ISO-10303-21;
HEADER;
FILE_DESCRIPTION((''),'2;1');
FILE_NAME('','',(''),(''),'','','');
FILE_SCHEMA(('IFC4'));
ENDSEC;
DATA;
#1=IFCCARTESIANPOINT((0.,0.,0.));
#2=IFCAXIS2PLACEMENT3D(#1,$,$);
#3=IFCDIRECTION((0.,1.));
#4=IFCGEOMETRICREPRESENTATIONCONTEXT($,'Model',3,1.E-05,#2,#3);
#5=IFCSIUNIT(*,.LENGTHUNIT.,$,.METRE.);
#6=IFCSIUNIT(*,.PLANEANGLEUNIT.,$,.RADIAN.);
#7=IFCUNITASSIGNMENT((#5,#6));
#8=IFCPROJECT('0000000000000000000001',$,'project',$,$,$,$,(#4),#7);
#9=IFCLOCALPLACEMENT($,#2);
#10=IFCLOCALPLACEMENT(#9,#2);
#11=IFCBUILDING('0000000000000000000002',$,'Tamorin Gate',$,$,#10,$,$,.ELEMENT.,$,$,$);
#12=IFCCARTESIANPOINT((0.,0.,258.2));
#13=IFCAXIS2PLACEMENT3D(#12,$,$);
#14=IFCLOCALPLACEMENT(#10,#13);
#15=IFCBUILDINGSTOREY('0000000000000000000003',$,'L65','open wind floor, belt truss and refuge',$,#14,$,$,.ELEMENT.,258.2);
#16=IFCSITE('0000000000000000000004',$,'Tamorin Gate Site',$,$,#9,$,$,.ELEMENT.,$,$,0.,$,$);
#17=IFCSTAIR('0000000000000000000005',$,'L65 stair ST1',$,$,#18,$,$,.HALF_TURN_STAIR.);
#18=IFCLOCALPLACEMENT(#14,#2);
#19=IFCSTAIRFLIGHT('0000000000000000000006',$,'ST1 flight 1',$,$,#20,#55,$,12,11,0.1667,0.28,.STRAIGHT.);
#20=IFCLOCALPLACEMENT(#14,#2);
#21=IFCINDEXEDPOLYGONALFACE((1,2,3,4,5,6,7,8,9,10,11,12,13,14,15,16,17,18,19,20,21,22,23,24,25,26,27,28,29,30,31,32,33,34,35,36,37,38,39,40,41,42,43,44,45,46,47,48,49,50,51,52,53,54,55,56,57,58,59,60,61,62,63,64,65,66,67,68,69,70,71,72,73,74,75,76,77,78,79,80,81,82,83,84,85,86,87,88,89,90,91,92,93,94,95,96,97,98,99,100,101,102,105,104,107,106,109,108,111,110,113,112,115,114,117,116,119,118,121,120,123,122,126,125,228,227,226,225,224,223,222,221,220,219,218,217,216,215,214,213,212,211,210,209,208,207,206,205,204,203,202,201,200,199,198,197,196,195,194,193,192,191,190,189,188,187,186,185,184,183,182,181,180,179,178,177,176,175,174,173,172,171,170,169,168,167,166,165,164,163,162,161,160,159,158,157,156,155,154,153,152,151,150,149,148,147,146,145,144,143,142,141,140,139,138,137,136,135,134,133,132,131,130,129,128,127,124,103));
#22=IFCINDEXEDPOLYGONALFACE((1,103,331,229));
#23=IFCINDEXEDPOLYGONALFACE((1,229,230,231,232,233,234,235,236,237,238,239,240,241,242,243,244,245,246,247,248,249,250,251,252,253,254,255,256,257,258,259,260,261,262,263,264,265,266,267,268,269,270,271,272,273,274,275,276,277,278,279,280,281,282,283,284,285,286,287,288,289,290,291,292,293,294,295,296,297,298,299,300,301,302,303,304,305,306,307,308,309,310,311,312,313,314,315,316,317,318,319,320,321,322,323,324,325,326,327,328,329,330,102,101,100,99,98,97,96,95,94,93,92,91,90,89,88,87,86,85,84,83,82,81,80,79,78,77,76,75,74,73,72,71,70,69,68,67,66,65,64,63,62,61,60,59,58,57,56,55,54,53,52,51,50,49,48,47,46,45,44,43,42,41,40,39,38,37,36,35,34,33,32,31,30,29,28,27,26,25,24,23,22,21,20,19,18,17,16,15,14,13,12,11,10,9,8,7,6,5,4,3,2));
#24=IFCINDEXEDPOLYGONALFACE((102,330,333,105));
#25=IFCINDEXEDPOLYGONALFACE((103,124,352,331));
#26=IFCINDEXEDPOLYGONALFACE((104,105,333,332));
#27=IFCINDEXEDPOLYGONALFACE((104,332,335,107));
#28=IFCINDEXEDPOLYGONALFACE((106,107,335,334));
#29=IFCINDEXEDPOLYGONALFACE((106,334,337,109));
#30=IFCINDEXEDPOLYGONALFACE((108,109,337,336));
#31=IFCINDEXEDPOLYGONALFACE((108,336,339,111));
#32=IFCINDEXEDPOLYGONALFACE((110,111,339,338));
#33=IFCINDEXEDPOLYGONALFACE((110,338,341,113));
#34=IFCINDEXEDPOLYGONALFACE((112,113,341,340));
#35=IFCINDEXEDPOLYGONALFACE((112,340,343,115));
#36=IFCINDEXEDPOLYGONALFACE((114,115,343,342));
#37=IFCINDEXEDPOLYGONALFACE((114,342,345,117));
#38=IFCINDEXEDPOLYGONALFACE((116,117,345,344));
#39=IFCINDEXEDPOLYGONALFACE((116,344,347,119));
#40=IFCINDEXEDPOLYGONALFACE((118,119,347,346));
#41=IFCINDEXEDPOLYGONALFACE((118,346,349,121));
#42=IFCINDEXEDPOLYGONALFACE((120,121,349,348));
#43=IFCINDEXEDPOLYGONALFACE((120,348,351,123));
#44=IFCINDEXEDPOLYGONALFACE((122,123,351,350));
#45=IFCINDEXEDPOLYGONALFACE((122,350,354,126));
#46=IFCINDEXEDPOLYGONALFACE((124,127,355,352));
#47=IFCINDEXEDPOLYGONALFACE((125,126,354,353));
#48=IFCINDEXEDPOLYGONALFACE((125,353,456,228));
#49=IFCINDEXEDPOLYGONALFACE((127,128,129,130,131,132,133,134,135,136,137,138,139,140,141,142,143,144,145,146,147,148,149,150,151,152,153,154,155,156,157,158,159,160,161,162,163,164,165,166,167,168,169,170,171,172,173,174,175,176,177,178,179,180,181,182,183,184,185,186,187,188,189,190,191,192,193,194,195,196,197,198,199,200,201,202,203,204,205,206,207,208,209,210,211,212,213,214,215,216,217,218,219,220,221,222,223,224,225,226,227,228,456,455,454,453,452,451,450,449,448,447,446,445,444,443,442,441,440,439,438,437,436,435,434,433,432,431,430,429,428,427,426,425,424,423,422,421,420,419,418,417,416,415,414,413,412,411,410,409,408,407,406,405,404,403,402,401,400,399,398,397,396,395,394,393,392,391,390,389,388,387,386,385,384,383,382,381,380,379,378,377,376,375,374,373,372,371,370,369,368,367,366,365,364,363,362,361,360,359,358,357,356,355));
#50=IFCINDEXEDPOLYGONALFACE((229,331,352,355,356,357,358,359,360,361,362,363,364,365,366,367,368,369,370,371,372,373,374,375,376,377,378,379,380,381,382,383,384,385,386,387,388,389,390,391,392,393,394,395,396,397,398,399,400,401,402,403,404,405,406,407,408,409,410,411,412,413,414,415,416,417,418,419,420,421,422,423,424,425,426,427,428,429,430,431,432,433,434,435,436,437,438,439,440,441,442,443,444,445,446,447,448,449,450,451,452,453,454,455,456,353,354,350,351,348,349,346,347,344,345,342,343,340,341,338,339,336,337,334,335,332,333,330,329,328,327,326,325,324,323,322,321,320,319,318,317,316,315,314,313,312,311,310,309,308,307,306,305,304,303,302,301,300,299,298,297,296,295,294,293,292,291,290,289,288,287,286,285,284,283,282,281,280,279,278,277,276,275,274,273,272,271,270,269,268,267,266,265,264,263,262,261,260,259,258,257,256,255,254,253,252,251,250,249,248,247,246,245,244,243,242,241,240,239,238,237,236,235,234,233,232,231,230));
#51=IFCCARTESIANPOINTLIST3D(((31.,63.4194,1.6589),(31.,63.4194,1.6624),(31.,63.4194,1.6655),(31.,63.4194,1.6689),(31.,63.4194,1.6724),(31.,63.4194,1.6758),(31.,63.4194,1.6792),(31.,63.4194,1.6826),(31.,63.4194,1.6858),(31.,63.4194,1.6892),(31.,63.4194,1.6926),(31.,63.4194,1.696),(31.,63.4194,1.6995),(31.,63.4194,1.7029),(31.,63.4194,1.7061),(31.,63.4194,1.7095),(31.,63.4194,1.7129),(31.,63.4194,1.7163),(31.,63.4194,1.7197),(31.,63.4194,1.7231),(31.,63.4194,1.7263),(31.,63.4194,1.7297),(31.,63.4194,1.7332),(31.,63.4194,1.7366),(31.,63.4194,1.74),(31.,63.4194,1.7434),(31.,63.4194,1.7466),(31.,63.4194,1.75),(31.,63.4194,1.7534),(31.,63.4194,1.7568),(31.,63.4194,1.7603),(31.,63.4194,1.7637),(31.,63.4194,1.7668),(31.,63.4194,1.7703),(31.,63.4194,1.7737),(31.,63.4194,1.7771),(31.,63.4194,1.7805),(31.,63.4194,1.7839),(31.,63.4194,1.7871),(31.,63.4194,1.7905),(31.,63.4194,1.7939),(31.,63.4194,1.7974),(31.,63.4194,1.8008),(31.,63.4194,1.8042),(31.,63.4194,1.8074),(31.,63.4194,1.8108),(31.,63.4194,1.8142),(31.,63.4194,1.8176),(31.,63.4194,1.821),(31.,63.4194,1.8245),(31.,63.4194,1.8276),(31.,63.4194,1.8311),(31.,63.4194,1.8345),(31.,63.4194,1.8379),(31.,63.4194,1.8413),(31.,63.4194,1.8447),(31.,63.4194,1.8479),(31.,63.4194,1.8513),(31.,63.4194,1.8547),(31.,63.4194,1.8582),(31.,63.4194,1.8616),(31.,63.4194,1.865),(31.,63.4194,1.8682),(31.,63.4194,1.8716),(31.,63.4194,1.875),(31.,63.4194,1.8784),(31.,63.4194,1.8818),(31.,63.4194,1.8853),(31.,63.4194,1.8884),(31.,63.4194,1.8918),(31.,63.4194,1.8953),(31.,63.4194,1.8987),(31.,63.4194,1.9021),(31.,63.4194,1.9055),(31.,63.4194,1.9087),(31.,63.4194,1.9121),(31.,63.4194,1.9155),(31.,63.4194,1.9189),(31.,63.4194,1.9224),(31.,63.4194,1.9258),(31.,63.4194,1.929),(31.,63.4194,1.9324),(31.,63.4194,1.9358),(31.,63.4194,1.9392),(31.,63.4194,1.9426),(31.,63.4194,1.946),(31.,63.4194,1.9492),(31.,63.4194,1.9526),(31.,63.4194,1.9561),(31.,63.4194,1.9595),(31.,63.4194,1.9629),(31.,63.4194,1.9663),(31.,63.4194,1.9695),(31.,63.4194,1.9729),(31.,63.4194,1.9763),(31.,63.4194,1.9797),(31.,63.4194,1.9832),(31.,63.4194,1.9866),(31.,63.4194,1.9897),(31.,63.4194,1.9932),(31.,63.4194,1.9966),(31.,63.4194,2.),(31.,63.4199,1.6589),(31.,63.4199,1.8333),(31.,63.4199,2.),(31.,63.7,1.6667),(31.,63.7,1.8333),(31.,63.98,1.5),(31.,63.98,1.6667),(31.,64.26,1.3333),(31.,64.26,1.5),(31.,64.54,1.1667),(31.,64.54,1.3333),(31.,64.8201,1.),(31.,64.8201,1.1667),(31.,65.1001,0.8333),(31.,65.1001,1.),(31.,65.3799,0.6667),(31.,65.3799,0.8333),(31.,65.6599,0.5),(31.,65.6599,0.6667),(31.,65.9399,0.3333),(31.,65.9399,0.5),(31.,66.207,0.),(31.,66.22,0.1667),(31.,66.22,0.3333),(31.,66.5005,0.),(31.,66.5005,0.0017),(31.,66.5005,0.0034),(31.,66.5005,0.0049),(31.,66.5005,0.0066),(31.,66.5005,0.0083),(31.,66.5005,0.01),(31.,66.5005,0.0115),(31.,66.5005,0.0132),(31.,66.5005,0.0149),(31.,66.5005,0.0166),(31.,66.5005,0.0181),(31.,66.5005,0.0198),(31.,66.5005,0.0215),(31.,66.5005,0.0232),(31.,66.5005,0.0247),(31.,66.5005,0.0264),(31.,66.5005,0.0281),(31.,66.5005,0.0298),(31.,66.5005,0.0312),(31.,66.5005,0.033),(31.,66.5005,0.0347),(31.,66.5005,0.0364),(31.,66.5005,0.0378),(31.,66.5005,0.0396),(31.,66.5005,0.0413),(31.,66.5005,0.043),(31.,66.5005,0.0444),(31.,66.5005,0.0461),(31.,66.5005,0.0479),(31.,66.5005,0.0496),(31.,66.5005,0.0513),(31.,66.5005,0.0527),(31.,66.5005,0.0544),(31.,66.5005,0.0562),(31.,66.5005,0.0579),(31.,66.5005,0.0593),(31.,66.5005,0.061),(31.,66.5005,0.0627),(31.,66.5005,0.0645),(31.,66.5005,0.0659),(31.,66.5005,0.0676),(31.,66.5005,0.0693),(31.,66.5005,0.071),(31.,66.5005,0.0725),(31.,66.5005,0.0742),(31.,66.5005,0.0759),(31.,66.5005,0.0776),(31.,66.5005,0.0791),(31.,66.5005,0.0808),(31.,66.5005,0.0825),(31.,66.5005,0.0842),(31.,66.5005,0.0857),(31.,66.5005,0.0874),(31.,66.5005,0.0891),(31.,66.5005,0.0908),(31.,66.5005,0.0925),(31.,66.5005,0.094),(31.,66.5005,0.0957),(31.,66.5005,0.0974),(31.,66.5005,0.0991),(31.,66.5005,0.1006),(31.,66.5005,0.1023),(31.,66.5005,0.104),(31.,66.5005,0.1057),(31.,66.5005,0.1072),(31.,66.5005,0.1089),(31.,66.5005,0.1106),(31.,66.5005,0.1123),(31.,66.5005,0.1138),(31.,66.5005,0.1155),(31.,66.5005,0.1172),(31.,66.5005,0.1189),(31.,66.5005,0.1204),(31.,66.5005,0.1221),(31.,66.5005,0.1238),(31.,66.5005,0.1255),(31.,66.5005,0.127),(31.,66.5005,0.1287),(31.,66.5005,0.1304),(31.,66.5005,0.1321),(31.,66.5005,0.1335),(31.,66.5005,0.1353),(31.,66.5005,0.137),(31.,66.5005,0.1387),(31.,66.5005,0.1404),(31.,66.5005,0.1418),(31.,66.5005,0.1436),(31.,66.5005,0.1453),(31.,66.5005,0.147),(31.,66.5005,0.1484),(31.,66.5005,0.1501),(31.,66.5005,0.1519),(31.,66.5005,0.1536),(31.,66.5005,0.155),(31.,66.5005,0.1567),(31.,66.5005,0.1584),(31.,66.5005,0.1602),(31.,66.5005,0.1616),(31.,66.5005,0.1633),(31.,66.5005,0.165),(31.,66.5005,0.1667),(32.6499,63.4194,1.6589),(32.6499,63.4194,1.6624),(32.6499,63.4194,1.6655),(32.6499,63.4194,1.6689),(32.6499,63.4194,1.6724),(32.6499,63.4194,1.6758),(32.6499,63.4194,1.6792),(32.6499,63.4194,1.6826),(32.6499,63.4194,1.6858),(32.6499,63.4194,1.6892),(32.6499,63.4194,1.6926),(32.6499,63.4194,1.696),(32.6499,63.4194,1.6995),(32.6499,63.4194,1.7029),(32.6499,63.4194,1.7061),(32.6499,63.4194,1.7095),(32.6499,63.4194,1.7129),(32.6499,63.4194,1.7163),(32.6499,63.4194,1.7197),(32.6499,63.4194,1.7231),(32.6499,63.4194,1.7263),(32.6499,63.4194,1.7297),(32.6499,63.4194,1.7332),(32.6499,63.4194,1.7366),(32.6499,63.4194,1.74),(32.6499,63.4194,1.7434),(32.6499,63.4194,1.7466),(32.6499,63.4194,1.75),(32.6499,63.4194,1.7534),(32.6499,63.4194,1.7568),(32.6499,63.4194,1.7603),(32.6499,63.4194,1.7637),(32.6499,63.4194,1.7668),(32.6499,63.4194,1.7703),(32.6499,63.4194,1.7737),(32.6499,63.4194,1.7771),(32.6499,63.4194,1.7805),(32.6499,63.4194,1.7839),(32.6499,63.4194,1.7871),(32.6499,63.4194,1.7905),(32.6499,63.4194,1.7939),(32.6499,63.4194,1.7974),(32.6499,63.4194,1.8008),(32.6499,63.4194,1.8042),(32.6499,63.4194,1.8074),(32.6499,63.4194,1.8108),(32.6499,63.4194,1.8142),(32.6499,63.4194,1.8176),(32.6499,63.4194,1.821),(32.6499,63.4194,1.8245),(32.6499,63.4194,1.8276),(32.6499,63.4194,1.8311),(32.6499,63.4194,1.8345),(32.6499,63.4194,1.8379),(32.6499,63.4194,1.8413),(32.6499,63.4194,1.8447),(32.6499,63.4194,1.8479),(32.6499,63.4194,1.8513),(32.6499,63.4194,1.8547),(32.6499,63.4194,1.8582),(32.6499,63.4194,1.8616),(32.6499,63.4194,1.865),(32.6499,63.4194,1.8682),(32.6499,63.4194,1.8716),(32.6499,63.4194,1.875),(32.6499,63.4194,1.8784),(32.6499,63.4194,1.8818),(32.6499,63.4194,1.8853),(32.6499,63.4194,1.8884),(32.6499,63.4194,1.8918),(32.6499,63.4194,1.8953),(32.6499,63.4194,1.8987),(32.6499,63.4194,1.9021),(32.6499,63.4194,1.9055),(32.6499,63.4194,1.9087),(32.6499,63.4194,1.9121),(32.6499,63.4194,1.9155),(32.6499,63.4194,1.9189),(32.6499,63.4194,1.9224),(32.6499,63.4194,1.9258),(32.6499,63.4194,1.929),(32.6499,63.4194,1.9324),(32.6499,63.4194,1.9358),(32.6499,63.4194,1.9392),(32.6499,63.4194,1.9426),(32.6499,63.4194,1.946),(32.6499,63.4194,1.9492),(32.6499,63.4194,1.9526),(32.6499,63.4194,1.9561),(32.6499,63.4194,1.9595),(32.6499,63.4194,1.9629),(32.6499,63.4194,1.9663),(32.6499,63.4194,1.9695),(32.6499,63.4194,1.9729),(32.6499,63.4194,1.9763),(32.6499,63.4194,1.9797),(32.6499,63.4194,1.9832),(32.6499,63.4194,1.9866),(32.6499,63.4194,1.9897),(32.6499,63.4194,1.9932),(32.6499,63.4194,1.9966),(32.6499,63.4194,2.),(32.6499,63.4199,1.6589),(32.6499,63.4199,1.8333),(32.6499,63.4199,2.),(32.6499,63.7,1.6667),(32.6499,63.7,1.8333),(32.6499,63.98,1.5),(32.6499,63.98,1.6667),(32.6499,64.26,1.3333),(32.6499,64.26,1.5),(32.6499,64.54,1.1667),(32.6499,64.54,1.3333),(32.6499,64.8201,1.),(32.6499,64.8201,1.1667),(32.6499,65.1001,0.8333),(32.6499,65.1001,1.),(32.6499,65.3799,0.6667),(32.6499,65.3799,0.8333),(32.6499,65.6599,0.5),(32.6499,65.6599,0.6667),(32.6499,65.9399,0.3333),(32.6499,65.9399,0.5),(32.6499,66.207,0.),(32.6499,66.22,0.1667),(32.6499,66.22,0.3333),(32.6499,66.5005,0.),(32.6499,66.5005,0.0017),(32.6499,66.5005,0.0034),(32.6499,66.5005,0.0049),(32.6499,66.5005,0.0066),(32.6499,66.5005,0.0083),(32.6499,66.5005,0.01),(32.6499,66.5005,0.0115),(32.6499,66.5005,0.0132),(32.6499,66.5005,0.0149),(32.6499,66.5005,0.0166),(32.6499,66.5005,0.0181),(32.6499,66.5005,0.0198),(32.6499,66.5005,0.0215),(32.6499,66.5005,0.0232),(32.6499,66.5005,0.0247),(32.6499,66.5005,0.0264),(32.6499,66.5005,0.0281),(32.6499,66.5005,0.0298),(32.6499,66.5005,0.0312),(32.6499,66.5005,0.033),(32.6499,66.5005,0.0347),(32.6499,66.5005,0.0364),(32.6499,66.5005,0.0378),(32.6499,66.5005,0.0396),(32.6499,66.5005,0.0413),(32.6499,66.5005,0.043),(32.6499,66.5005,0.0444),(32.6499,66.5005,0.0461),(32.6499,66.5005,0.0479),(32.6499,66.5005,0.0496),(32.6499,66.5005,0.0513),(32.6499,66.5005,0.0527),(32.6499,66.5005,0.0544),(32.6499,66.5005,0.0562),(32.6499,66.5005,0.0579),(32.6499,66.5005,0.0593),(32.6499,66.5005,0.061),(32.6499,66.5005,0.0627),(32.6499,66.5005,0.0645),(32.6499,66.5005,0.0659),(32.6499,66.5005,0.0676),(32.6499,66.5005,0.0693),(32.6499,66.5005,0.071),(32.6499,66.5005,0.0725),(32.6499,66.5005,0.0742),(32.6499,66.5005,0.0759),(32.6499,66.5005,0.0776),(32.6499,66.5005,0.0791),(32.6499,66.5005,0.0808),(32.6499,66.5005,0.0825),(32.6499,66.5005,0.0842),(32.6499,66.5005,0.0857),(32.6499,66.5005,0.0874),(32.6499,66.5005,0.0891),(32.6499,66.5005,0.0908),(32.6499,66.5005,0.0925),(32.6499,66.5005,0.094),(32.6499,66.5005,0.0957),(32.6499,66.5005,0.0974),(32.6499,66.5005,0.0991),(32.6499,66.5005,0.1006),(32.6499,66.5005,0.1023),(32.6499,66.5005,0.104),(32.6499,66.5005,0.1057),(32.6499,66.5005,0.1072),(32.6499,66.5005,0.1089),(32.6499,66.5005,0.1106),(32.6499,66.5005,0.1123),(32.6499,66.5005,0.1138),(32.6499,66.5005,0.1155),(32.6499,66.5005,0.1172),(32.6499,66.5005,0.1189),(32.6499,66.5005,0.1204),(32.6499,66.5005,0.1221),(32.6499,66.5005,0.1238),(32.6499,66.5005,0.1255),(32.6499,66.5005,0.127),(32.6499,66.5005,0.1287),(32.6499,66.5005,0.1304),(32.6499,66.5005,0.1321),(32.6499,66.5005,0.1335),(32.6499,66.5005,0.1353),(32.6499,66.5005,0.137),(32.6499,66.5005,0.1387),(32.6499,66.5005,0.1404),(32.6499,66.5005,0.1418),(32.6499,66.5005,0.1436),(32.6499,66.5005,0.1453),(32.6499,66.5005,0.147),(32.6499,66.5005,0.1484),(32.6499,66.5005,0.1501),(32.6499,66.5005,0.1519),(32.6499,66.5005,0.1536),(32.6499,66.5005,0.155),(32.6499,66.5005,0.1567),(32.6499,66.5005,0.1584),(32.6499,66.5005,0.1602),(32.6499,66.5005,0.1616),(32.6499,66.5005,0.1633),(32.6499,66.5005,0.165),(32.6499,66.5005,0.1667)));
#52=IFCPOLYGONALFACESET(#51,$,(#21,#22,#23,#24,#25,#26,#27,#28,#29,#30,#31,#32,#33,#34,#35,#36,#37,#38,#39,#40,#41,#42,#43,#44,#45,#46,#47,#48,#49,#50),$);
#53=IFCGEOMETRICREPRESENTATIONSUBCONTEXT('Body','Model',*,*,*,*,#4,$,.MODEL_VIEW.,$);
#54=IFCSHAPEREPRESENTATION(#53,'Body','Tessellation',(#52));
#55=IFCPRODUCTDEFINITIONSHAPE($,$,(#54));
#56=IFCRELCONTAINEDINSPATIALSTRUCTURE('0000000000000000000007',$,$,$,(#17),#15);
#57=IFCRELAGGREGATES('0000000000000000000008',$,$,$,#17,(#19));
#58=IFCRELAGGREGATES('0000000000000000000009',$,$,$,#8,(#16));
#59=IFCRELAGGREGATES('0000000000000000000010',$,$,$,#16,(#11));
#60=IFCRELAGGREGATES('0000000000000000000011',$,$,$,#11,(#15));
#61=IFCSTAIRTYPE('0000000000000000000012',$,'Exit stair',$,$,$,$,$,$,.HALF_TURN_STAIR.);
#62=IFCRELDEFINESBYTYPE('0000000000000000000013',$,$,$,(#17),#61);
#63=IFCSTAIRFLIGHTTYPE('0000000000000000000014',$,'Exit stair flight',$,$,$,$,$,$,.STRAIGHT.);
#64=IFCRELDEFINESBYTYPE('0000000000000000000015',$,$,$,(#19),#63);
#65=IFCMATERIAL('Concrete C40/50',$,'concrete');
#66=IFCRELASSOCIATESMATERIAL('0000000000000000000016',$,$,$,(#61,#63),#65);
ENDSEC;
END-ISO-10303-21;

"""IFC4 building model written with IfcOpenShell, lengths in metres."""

from ifc_helpers import new_model, si_unit, direction, frame, origin, place, context, subcontext, project, spatial, polyline, outline, extrude, material, type_object, element, aggregate, save


model = new_model("IFC4")

# Units and contexts
model_context = context("Model", 3, precision=1e-05, world=origin(), true_north=direction((0.0, 1.0)))
body_context = subcontext(model_context, "Body", "Model", "MODEL_VIEW")
ifc_project = project(units=[si_unit("LENGTHUNIT", "METRE"), si_unit("PLANEANGLEUNIT", "RADIAN")], contexts=[model_context])

# Site, building, storey
site_placement = place(None, origin())
site = spatial("IfcSite", under=ifc_project, at=site_placement, Name="Tamorin Gate Site", CompositionType="ELEMENT", RefElevation=0.0)
building_placement = place(site_placement, origin())
building = spatial("IfcBuilding", under=site, at=building_placement, Name="Tamorin Gate", CompositionType="ELEMENT")
storey_placement = place(building_placement, frame((0.0, 0.0, 258.2)))
storey = spatial("IfcBuildingStorey", under=building, at=storey_placement, Name="L65", Description="open wind floor, belt truss and refuge", CompositionType="ELEMENT", Elevation=258.2)

# Shared definitions
ifc_material_1 = material(Name="Concrete C40/50", Category="concrete")

# Stair, stair flight
stair_type = type_object("IfcStairType", Name="Exit stair", PredefinedType="HALF_TURN_STAIR", material=ifc_material_1)
stair_1_placement = place(storey_placement, origin())
stair_1 = element("IfcStair", 1, at=stair_1_placement, inside=storey, type_object=stair_type, Name="L65 stair ST1", PredefinedType="HALF_TURN_STAIR")
stair_flight_type = type_object("IfcStairFlightType", Name="Exit stair flight", PredefinedType="STRAIGHT", material=ifc_material_1)
stair_flight_1_placement = place(storey_placement, frame((31.825, 66.5, 0.0), z_axis=(0.0, 0.0, 1.0), x_axis=(0.0, -1.0, 0.0)))
stair_flight_1 = element("IfcStairFlight", 2, at=stair_flight_1_placement, type_object=stair_flight_type, Name="ST1 flight 1", NumberOfRisers=12, NumberOfTreads=11, PredefinedType="STRAIGHT", RiserHeight=0.1667, TreadLength=0.28, context=body_context, shape_type="SweptSolid", body=[
    extrude(outline(polyline([(-0.0005, 0.0), (-0.0005, 0.0017), (-0.0005, 0.0034), (-0.0005, 0.0049), (-0.0005, 0.0066), (-0.0005, 0.0083), (-0.0005, 0.01), (-0.0005, 0.0115), (-0.0005, 0.0132), (-0.0005, 0.0149), (-0.0005, 0.0166), (-0.0005, 0.0181), (-0.0005, 0.0198), (-0.0005, 0.0215), (-0.0005, 0.0232), (-0.0005, 0.0247), (-0.0005, 0.0264), (-0.0005, 0.0281), (-0.0005, 0.0298), (-0.0005, 0.0312), (-0.0005, 0.033), (-0.0005, 0.0347), (-0.0005, 0.0364), (-0.0005, 0.0378), (-0.0005, 0.0396), (-0.0005, 0.0413), (-0.0005, 0.043), (-0.0005, 0.0444), (-0.0005, 0.0461), (-0.0005, 0.0479), (-0.0005, 0.0496), (-0.0005, 0.0513), (-0.0005, 0.0527), (-0.0005, 0.0544), (-0.0005, 0.0562), (-0.0005, 0.0579), (-0.0005, 0.0593), (-0.0005, 0.061), (-0.0005, 0.0627), (-0.0005, 0.0645), (-0.0005, 0.0659), (-0.0005, 0.0676), (-0.0005, 0.0693), (-0.0005, 0.071), (-0.0005, 0.0725), (-0.0005, 0.0742), (-0.0005, 0.0759), (-0.0005, 0.0776), (-0.0005, 0.0791), (-0.0005, 0.0808), (-0.0005, 0.0825), (-0.0005, 0.0842), (-0.0005, 0.0857), (-0.0005, 0.0874), (-0.0005, 0.0891), (-0.0005, 0.0908), (-0.0005, 0.0925), (-0.0005, 0.094), (-0.0005, 0.0957), (-0.0005, 0.0974), (-0.0005, 0.0991), (-0.0005, 0.1006), (-0.0005, 0.1023), (-0.0005, 0.104), (-0.0005, 0.1057), (-0.0005, 0.1072), (-0.0005, 0.1089), (-0.0005, 0.1106), (-0.0005, 0.1123), (-0.0005, 0.1138), (-0.0005, 0.1155), (-0.0005, 0.1172), (-0.0005, 0.1189), (-0.0005, 0.1204), (-0.0005, 0.1221), (-0.0005, 0.1238), (-0.0005, 0.1255), (-0.0005, 0.127), (-0.0005, 0.1287), (-0.0005, 0.1304), (-0.0005, 0.1321), (-0.0005, 0.1335), (-0.0005, 0.1353), (-0.0005, 0.137), (-0.0005, 0.1387), (-0.0005, 0.1404), (-0.0005, 0.1418), (-0.0005, 0.1436), (-0.0005, 0.1453), (-0.0005, 0.147), (-0.0005, 0.1484), (-0.0005, 0.1501), (-0.0005, 0.1519), (-0.0005, 0.1536), (-0.0005, 0.155), (-0.0005, 0.1567), (-0.0005, 0.1584), (-0.0005, 0.1602), (-0.0005, 0.1616), (-0.0005, 0.1633), (-0.0005, 0.165), (-0.0005, 0.1667), (0.28, 0.1667), (0.28, 0.3333), (0.5601, 0.3333), (0.5601, 0.5), (0.8401, 0.5), (0.8401, 0.6667), (1.1201, 0.6667), (1.1201, 0.8333), (1.3999, 0.8333), (1.3999, 1.0), (1.6799, 1.0), (1.6799, 1.1667), (1.96, 1.1667), (1.96, 1.3333), (2.24, 1.3333), (2.24, 1.5), (2.52, 1.5), (2.52, 1.6667), (2.8, 1.6667), (2.8, 1.8333), (3.0801, 1.8333), (3.0801, 2.0), (3.0806, 2.0), (3.0806, 1.9966), (3.0806, 1.9932), (3.0806, 1.9897), (3.0806, 1.9866), (3.0806, 1.9832), (3.0806, 1.9797), (3.0806, 1.9763), (3.0806, 1.9729), (3.0806, 1.9695), (3.0806, 1.9663), (3.0806, 1.9629), (3.0806, 1.9595), (3.0806, 1.9561), (3.0806, 1.9526), (3.0806, 1.9492), (3.0806, 1.946), (3.0806, 1.9426), (3.0806, 1.9392), (3.0806, 1.9358), (3.0806, 1.9324), (3.0806, 1.929), (3.0806, 1.9258), (3.0806, 1.9224), (3.0806, 1.9189), (3.0806, 1.9155), (3.0806, 1.9121), (3.0806, 1.9087), (3.0806, 1.9055), (3.0806, 1.9021), (3.0806, 1.8987), (3.0806, 1.8953), (3.0806, 1.8918), (3.0806, 1.8884), (3.0806, 1.8853), (3.0806, 1.8818), (3.0806, 1.8784), (3.0806, 1.875), (3.0806, 1.8716), (3.0806, 1.8682), (3.0806, 1.865), (3.0806, 1.8616), (3.0806, 1.8582), (3.0806, 1.8547), (3.0806, 1.8513), (3.0806, 1.8479), (3.0806, 1.8447), (3.0806, 1.8413), (3.0806, 1.8379), (3.0806, 1.8345), (3.0806, 1.8311), (3.0806, 1.8276), (3.0806, 1.8245), (3.0806, 1.821), (3.0806, 1.8176), (3.0806, 1.8142), (3.0806, 1.8108), (3.0806, 1.8074), (3.0806, 1.8042), (3.0806, 1.8008), (3.0806, 1.7974), (3.0806, 1.7939), (3.0806, 1.7905), (3.0806, 1.7871), (3.0806, 1.7839), (3.0806, 1.7805), (3.0806, 1.7771), (3.0806, 1.7737), (3.0806, 1.7703), (3.0806, 1.7668), (3.0806, 1.7637), (3.0806, 1.7603), (3.0806, 1.7568), (3.0806, 1.7534), (3.0806, 1.75), (3.0806, 1.7466), (3.0806, 1.7434), (3.0806, 1.74), (3.0806, 1.7366), (3.0806, 1.7332), (3.0806, 1.7297), (3.0806, 1.7263), (3.0806, 1.7231), (3.0806, 1.7197), (3.0806, 1.7163), (3.0806, 1.7129), (3.0806, 1.7095), (3.0806, 1.7061), (3.0806, 1.7029), (3.0806, 1.6995), (3.0806, 1.696), (3.0806, 1.6926), (3.0806, 1.6892), (3.0806, 1.6858), (3.0806, 1.6826), (3.0806, 1.6792), (3.0806, 1.6758), (3.0806, 1.6724), (3.0806, 1.6689), (3.0806, 1.6655), (3.0806, 1.6624), (3.0806, 1.6589), (3.0801, 1.6589), (0.293, 0.0), (-0.0005, 0.0)])), frame((0.0, 0.825, 0.0), z_axis=(0.0, -1.0, 0.0), x_axis=(1.0, 0.0, 0.0)), (0.0, 0.0, 1.0), 1.6499),
])
aggregate(stair_1, [stair_flight_1])

save(model, "model.ifc")
